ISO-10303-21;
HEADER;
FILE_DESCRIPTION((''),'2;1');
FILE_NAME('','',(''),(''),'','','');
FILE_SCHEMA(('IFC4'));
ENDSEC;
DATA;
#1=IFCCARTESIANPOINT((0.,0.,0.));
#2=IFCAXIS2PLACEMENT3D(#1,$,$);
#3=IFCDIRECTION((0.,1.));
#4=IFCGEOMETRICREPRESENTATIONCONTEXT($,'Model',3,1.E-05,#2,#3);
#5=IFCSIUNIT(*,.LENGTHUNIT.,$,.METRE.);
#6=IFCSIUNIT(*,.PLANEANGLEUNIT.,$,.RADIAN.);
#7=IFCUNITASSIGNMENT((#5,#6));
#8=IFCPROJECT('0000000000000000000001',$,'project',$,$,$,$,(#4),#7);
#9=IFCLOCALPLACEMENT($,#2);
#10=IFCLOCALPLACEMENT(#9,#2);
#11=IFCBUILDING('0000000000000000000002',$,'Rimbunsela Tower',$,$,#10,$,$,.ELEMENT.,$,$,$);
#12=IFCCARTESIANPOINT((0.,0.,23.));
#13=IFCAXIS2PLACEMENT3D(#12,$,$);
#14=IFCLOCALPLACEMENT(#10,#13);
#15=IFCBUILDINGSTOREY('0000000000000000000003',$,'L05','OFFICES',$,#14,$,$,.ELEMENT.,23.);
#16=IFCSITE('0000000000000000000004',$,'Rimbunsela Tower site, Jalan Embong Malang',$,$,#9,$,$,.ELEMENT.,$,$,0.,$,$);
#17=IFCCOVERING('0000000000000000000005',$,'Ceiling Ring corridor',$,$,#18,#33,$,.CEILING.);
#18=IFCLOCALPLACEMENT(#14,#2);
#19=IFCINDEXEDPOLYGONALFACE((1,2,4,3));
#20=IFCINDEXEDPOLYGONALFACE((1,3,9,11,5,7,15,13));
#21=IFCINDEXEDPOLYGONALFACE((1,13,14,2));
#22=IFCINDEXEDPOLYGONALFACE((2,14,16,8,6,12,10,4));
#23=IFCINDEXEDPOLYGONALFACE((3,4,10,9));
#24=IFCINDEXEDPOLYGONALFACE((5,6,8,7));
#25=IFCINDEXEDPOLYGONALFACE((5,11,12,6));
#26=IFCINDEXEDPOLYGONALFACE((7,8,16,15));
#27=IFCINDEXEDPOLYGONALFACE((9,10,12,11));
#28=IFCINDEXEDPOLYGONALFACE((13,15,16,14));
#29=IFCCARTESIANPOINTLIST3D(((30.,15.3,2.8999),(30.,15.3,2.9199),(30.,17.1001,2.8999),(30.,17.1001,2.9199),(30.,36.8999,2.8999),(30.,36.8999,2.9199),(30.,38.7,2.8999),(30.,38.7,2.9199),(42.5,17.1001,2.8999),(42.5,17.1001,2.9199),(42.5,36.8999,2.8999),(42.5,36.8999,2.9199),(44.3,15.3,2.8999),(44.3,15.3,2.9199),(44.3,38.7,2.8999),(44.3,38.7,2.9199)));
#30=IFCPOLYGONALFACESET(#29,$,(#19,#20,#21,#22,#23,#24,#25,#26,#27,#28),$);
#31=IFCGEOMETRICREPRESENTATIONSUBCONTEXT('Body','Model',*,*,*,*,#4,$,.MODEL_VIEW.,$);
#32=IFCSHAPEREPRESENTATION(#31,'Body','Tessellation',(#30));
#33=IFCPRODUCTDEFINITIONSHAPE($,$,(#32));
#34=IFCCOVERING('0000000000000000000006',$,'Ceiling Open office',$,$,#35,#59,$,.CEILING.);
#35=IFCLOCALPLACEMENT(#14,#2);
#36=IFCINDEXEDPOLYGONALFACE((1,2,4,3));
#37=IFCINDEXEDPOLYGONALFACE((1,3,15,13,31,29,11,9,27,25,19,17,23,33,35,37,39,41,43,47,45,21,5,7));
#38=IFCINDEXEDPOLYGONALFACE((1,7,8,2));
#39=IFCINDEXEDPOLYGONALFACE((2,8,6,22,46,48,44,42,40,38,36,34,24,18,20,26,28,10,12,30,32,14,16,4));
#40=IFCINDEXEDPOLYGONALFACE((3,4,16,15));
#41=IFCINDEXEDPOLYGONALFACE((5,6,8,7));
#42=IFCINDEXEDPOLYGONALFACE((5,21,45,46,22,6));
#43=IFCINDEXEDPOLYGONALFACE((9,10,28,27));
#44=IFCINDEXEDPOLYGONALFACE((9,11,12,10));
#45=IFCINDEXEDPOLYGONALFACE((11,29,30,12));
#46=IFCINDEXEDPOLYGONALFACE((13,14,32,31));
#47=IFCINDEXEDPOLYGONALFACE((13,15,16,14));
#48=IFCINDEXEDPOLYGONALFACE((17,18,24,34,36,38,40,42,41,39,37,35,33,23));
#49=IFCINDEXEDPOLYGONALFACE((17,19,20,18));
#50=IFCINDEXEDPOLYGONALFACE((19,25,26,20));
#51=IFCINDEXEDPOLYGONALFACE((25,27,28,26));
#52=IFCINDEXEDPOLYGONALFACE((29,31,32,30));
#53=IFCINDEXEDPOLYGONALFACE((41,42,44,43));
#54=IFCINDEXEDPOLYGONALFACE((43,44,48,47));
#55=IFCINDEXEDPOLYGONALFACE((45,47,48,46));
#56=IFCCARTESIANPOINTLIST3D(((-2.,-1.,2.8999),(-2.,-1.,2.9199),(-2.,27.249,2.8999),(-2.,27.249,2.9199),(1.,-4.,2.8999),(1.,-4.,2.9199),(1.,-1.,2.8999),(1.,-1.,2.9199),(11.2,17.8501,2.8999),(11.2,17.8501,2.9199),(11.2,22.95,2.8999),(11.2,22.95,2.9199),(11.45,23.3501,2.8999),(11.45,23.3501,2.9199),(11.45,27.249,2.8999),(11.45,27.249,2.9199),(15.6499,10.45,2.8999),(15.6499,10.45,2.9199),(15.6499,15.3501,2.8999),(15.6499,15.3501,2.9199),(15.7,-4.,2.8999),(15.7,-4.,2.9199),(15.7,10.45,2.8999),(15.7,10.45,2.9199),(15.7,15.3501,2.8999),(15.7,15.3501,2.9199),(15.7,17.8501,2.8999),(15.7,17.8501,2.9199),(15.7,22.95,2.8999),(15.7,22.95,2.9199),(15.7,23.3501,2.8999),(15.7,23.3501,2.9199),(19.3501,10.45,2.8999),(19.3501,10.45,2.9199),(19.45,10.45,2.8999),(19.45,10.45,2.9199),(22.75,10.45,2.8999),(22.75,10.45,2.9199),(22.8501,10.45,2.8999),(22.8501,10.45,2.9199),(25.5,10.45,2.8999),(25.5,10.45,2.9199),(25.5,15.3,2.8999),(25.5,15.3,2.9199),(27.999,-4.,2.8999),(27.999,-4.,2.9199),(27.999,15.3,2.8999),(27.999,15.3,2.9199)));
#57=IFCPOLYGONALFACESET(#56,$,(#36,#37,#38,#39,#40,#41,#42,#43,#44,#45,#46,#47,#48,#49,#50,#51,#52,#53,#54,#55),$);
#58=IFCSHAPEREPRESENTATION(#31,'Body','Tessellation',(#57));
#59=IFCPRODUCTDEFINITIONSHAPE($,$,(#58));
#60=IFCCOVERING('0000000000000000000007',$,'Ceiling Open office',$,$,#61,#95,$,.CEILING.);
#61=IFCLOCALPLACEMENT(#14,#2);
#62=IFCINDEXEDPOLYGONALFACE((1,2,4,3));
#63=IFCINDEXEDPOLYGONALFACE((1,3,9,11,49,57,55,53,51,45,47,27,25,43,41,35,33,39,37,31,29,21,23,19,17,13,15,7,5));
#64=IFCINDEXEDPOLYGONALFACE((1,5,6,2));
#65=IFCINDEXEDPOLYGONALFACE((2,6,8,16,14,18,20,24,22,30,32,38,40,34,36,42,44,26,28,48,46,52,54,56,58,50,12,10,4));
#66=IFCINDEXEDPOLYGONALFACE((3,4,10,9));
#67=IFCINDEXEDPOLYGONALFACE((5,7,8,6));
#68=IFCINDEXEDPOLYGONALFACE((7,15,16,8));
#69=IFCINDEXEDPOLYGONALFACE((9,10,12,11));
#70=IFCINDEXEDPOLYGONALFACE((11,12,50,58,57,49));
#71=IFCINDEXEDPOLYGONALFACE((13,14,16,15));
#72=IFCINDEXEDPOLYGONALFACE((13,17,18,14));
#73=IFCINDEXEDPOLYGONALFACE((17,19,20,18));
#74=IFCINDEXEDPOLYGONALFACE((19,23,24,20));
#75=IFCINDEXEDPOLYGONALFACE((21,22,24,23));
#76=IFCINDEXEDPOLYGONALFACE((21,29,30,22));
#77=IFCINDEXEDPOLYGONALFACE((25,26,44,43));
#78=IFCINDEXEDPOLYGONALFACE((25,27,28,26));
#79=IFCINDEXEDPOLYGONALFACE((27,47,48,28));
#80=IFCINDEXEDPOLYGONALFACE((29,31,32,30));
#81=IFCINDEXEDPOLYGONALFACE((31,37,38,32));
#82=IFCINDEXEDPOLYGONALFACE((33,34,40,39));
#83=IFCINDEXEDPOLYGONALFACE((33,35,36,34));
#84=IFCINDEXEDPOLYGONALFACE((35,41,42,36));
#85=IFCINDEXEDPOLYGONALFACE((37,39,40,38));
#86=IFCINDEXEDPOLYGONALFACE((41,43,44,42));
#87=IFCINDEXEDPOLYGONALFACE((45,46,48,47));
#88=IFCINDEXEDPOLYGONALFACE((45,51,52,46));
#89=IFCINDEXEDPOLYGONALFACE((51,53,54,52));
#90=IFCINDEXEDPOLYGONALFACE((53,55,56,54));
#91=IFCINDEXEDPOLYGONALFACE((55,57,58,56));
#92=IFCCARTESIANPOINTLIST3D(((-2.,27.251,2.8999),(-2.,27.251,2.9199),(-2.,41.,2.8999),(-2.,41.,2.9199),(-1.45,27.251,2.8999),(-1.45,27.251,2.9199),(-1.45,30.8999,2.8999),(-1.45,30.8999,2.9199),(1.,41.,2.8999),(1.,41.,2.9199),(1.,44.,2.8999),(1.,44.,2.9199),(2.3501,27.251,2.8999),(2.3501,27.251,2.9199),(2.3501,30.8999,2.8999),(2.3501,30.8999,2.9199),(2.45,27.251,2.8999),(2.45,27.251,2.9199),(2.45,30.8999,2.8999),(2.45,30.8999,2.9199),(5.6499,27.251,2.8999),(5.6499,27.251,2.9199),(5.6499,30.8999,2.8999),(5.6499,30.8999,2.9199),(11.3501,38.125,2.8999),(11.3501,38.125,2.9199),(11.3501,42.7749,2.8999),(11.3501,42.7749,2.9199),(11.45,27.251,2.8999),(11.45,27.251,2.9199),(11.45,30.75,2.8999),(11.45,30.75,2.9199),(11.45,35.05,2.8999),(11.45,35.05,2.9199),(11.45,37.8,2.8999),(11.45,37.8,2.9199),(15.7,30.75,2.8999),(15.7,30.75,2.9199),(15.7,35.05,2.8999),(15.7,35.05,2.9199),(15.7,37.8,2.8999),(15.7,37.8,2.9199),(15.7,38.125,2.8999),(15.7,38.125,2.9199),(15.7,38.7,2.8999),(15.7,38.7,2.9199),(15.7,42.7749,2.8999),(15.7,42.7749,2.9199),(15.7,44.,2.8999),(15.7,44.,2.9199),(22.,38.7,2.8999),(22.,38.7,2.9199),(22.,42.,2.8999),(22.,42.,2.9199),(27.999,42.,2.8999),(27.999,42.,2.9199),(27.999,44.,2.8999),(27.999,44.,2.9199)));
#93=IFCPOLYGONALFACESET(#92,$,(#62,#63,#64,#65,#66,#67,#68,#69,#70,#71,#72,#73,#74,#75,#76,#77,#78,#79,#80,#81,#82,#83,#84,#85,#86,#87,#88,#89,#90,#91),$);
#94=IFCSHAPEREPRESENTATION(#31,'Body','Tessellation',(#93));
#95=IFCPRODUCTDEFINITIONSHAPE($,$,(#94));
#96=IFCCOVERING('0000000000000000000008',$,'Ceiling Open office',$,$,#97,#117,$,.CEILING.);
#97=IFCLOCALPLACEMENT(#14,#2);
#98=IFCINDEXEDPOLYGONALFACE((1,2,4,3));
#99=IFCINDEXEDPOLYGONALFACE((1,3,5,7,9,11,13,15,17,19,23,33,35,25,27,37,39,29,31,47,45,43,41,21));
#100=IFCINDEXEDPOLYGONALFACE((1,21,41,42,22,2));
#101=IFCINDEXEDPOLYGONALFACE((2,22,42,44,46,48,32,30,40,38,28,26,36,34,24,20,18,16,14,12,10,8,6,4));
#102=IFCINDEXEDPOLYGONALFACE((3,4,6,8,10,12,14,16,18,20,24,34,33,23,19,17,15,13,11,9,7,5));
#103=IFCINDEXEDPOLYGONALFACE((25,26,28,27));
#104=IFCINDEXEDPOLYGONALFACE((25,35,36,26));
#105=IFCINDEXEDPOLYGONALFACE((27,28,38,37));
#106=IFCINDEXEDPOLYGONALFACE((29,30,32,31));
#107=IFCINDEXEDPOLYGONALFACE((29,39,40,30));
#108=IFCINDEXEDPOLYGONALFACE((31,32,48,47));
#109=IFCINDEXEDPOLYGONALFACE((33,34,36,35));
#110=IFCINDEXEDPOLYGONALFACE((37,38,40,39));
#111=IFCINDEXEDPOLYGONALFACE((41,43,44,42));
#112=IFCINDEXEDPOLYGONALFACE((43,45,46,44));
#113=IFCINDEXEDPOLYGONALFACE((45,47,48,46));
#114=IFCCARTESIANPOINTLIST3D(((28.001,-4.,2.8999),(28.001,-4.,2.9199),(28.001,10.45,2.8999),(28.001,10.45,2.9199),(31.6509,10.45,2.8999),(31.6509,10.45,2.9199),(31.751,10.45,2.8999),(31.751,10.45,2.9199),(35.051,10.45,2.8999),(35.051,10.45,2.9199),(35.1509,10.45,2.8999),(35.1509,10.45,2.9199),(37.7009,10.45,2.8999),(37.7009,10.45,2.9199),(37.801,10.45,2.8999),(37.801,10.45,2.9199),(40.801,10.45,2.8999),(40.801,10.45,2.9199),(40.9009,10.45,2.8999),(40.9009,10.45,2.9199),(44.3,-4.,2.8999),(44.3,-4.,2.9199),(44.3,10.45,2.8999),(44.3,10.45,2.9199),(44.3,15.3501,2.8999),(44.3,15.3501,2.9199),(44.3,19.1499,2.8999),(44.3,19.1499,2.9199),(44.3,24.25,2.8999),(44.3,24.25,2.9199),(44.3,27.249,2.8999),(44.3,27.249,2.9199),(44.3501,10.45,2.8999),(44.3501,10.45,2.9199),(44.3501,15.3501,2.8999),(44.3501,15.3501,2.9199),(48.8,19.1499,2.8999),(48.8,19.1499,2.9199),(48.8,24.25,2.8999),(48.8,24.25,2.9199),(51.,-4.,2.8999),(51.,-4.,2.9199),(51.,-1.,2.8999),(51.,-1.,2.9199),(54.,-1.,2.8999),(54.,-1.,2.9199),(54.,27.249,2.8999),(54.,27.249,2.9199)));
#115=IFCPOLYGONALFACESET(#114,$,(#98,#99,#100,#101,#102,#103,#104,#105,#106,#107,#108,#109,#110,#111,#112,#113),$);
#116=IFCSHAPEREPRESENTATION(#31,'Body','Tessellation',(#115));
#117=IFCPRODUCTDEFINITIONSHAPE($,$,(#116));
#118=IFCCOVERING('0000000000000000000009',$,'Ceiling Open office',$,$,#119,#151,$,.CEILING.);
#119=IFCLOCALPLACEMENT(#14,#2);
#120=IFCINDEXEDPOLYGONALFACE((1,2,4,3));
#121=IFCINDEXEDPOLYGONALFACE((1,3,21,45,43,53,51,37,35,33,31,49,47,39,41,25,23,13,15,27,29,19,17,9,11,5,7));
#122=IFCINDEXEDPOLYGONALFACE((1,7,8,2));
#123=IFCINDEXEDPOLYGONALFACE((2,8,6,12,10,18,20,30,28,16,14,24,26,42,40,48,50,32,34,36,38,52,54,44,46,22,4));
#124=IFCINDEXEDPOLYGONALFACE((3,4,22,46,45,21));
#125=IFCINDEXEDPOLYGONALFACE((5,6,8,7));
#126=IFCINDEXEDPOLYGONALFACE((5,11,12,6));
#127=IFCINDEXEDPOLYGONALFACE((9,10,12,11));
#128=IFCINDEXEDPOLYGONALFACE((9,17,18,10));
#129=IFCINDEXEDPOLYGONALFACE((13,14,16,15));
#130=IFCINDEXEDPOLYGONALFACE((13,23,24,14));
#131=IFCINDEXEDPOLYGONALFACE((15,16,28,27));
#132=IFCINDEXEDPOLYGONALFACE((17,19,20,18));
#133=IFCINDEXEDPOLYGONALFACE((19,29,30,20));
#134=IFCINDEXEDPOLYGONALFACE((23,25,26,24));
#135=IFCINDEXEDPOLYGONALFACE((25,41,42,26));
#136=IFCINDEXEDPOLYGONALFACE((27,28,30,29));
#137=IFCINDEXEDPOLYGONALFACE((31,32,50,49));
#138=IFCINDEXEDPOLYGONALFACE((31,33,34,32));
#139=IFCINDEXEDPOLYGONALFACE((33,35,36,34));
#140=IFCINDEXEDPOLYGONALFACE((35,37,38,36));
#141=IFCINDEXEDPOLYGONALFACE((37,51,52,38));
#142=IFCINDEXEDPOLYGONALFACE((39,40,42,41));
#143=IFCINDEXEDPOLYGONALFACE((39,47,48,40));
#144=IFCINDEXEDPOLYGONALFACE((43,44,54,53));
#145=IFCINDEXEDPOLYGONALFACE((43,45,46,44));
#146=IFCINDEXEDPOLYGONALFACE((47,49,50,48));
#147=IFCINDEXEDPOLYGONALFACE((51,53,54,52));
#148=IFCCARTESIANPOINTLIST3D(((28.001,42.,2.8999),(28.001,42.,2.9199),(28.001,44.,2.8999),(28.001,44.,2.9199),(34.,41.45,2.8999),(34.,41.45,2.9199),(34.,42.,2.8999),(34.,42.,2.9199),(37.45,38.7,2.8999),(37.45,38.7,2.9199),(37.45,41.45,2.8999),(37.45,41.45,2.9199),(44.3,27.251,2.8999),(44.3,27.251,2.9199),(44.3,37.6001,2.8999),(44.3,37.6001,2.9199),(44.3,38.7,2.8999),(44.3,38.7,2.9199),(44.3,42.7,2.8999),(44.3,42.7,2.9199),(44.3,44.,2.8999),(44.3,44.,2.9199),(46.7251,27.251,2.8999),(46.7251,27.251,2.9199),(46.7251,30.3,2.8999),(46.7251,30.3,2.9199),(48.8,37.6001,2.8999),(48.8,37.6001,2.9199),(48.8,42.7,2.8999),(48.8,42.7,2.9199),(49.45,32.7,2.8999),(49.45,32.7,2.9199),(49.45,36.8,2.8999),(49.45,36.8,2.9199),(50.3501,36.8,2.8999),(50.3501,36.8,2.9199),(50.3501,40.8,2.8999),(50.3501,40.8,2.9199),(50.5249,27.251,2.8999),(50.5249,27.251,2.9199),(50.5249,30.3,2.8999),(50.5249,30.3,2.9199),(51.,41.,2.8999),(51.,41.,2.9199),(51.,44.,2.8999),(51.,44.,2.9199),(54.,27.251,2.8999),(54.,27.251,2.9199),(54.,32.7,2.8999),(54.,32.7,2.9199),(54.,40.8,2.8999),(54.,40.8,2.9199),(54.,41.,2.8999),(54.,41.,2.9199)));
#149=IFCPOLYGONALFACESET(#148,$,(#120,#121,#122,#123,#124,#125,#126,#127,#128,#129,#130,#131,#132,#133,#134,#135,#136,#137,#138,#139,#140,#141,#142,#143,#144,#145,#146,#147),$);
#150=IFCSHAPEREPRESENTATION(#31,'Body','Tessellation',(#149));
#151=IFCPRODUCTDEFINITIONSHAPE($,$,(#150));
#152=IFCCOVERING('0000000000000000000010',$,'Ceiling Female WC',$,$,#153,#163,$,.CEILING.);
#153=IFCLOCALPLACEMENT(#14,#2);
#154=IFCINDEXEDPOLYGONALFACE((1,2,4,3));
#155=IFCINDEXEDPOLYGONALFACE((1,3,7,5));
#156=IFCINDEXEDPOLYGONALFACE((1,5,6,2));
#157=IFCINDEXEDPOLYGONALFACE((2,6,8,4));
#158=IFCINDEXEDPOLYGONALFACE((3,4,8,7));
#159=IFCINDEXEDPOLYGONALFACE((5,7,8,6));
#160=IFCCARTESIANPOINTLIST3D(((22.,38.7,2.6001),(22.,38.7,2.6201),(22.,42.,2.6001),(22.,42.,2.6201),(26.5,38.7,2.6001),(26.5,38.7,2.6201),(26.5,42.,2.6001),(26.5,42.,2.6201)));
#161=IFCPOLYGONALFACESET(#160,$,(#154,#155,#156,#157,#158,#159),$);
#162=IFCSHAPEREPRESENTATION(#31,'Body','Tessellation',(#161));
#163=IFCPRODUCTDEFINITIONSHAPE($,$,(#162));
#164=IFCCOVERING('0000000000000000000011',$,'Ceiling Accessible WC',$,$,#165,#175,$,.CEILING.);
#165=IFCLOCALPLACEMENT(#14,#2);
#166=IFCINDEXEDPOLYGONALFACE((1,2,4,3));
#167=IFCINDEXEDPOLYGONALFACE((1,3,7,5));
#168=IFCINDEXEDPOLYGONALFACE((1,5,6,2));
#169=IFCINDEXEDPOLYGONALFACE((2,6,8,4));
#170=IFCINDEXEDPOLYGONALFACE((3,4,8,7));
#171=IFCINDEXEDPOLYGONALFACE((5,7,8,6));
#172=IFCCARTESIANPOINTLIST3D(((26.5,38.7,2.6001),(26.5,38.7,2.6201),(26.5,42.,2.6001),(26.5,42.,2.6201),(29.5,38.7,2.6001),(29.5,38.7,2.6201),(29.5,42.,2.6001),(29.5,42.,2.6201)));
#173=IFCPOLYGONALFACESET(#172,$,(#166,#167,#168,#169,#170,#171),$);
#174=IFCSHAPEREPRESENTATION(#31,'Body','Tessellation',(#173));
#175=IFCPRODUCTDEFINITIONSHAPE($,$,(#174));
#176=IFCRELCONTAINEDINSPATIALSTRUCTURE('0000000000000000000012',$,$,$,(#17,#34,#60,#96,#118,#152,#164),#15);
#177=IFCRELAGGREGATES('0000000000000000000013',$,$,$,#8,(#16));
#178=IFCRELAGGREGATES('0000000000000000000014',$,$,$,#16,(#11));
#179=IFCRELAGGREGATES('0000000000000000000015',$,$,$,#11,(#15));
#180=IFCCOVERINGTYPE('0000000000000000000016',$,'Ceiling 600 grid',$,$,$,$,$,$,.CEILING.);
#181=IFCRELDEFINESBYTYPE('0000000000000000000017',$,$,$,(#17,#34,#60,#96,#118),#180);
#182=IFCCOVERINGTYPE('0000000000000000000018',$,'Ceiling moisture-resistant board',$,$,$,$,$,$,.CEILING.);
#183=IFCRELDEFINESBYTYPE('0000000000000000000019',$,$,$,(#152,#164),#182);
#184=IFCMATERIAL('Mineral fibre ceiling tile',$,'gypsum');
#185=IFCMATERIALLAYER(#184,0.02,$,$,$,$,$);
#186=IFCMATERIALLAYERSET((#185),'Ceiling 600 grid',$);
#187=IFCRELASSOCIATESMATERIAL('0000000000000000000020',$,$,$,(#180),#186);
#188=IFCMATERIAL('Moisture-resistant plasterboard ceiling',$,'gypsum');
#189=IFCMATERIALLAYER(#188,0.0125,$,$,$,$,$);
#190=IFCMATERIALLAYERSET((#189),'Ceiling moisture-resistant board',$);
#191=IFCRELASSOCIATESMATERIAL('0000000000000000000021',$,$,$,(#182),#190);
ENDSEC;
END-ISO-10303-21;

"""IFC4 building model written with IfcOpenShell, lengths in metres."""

from ifc_helpers import new_model, si_unit, direction, frame, origin, place, context, subcontext, project, spatial, polyline, outline, extrude, material, layer, layer_set, type_object, element, save


model = new_model("IFC4")

# Units and contexts
model_context = context("Model", 3, precision=1e-05, world=origin(), true_north=direction((0.0, 1.0)))
body_context = subcontext(model_context, "Body", "Model", "MODEL_VIEW")
ifc_project = project(units=[si_unit("LENGTHUNIT", "METRE"), si_unit("PLANEANGLEUNIT", "RADIAN")], contexts=[model_context])

# Site, building, storey
site_placement = place(None, origin())
site = spatial("IfcSite", under=ifc_project, at=site_placement, Name="Rimbunsela Tower site, Jalan Embong Malang", CompositionType="ELEMENT", RefElevation=0.0)
building_placement = place(site_placement, origin())
building = spatial("IfcBuilding", under=site, at=building_placement, Name="Rimbunsela Tower", CompositionType="ELEMENT")
storey_placement = place(building_placement, frame((0.0, 0.0, 23.0)))
storey = spatial("IfcBuildingStorey", under=building, at=storey_placement, Name="L05", Description="OFFICES", CompositionType="ELEMENT", Elevation=23.0)

# Coverings
ifc_material_1 = material(Name="Mineral fibre ceiling tile", Category="gypsum")
ifc_layer_1 = layer(ifc_material_1, 0.02)
ifc_layer_set_1 = layer_set([ifc_layer_1], Name="Ceiling 600 grid")
covering_type_1 = type_object("IfcCoveringType", Name="Ceiling 600 grid", PredefinedType="CEILING", material=ifc_layer_set_1)
covering_1_placement = place(storey_placement, frame((0.0, 0.0, 2.8999)))
element("IfcCovering", 1, at=covering_1_placement, inside=storey, type_object=covering_type_1, Name="Ceiling Ring corridor", PredefinedType="CEILING", context=body_context, shape_type="SweptSolid", body=[
    extrude(outline(polyline([(44.3, 38.7), (44.3, 15.3), (30.0, 15.3), (30.0, 17.1001), (42.5, 17.1001), (42.5, 36.8999), (30.0, 36.8999), (30.0, 38.7), (44.3, 38.7)])), origin(), (0.0, 0.0, 1.0), 0.02),
])
covering_2_placement = place(storey_placement, frame((0.0, 0.0, 2.8999)))
element("IfcCovering", 2, at=covering_2_placement, inside=storey, type_object=covering_type_1, Name="Ceiling Open office", PredefinedType="CEILING", context=body_context, shape_type="SweptSolid", body=[
    extrude(outline(polyline([(19.45, 10.45), (22.75, 10.45), (22.8501, 10.45), (25.5, 10.45), (25.5, 15.3), (27.999, 15.3), (27.999, -4.0), (15.7, -4.0), (1.0, -4.0), (1.0, -1.0), (-2.0, -1.0), (-2.0, 27.249), (11.45, 27.249), (11.45, 23.3501), (15.7, 23.3501), (15.7, 22.95), (11.2, 22.95), (11.2, 17.8501), (15.7, 17.8501), (15.7, 15.3501), (15.6499, 15.3501), (15.6499, 10.45), (15.7, 10.45), (19.3501, 10.45), (19.45, 10.45)])), origin(), (0.0, 0.0, 1.0), 0.02),
])
covering_3_placement = place(storey_placement, frame((0.0, 0.0, 2.8999)))
element("IfcCovering", 3, at=covering_3_placement, inside=storey, type_object=covering_type_1, Name="Ceiling Open office", PredefinedType="CEILING", context=body_context, shape_type="SweptSolid", body=[
    extrude(outline(polyline([(15.7, 42.7749), (11.3501, 42.7749), (11.3501, 38.125), (15.7, 38.125), (15.7, 37.8), (11.45, 37.8), (11.45, 35.05), (15.7, 35.05), (15.7, 30.75), (11.45, 30.75), (11.45, 27.251), (5.6499, 27.251), (5.6499, 30.8999), (2.45, 30.8999), (2.45, 27.251), (2.3501, 27.251), (2.3501, 30.8999), (-1.45, 30.8999), (-1.45, 27.251), (-2.0, 27.251), (-2.0, 41.0), (1.0, 41.0), (1.0, 44.0), (15.7, 44.0), (27.999, 44.0), (27.999, 42.0), (22.0, 42.0), (22.0, 38.7), (15.7, 38.7), (15.7, 42.7749)])), origin(), (0.0, 0.0, 1.0), 0.02),
])
covering_4_placement = place(storey_placement, frame((0.0, 0.0, 2.8999)))
element("IfcCovering", 4, at=covering_4_placement, inside=storey, type_object=covering_type_1, Name="Ceiling Open office", PredefinedType="CEILING", context=body_context, shape_type="SweptSolid", body=[
    extrude(outline(polyline([(28.001, 10.45), (31.6509, 10.45), (31.751, 10.45), (35.051, 10.45), (35.1509, 10.45), (37.7009, 10.45), (37.801, 10.45), (40.801, 10.45), (40.9009, 10.45), (44.3, 10.45), (44.3501, 10.45), (44.3501, 15.3501), (44.3, 15.3501), (44.3, 19.1499), (48.8, 19.1499), (48.8, 24.25), (44.3, 24.25), (44.3, 27.249), (54.0, 27.249), (54.0, -1.0), (51.0, -1.0), (51.0, -4.0), (44.3, -4.0), (28.001, -4.0), (28.001, 10.45)])), origin(), (0.0, 0.0, 1.0), 0.02),
])
covering_5_placement = place(storey_placement, frame((0.0, 0.0, 2.8999)))
element("IfcCovering", 5, at=covering_5_placement, inside=storey, type_object=covering_type_1, Name="Ceiling Open office", PredefinedType="CEILING", context=body_context, shape_type="SweptSolid", body=[
    extrude(outline(polyline([(44.3, 38.7), (37.45, 38.7), (37.45, 41.45), (34.0, 41.45), (34.0, 42.0), (28.001, 42.0), (28.001, 44.0), (44.3, 44.0), (51.0, 44.0), (51.0, 41.0), (54.0, 41.0), (54.0, 40.8), (50.3501, 40.8), (50.3501, 36.8), (49.45, 36.8), (49.45, 32.7), (54.0, 32.7), (54.0, 27.251), (50.5249, 27.251), (50.5249, 30.3), (46.7251, 30.3), (46.7251, 27.251), (44.3, 27.251), (44.3, 37.6001), (48.8, 37.6001), (48.8, 42.7), (44.3, 42.7), (44.3, 38.7)])), origin(), (0.0, 0.0, 1.0), 0.02),
])
ifc_material_2 = material(Name="Moisture-resistant plasterboard ceiling", Category="gypsum")
ifc_layer_2 = layer(ifc_material_2, 0.0125)
ifc_layer_set_2 = layer_set([ifc_layer_2], Name="Ceiling moisture-resistant board")
covering_type_2 = type_object("IfcCoveringType", Name="Ceiling moisture-resistant board", PredefinedType="CEILING", material=ifc_layer_set_2)
covering_6_placement = place(storey_placement, frame((0.0, 0.0, 2.6001)))
element("IfcCovering", 6, at=covering_6_placement, inside=storey, type_object=covering_type_2, Name="Ceiling Female WC", PredefinedType="CEILING", context=body_context, shape_type="SweptSolid", body=[
    extrude(outline(polyline([(26.5, 38.7), (26.5, 42.0), (22.0, 42.0), (22.0, 38.7), (26.5, 38.7)])), origin(), (0.0, 0.0, 1.0), 0.02),
])
covering_7_placement = place(storey_placement, frame((0.0, 0.0, 2.6001)))
element("IfcCovering", 7, at=covering_7_placement, inside=storey, type_object=covering_type_2, Name="Ceiling Accessible WC", PredefinedType="CEILING", context=body_context, shape_type="SweptSolid", body=[
    extrude(outline(polyline([(29.5, 38.7), (29.5, 42.0), (26.5, 42.0), (26.5, 38.7), (29.5, 38.7)])), origin(), (0.0, 0.0, 1.0), 0.02),
])

save(model, "model.ifc")
